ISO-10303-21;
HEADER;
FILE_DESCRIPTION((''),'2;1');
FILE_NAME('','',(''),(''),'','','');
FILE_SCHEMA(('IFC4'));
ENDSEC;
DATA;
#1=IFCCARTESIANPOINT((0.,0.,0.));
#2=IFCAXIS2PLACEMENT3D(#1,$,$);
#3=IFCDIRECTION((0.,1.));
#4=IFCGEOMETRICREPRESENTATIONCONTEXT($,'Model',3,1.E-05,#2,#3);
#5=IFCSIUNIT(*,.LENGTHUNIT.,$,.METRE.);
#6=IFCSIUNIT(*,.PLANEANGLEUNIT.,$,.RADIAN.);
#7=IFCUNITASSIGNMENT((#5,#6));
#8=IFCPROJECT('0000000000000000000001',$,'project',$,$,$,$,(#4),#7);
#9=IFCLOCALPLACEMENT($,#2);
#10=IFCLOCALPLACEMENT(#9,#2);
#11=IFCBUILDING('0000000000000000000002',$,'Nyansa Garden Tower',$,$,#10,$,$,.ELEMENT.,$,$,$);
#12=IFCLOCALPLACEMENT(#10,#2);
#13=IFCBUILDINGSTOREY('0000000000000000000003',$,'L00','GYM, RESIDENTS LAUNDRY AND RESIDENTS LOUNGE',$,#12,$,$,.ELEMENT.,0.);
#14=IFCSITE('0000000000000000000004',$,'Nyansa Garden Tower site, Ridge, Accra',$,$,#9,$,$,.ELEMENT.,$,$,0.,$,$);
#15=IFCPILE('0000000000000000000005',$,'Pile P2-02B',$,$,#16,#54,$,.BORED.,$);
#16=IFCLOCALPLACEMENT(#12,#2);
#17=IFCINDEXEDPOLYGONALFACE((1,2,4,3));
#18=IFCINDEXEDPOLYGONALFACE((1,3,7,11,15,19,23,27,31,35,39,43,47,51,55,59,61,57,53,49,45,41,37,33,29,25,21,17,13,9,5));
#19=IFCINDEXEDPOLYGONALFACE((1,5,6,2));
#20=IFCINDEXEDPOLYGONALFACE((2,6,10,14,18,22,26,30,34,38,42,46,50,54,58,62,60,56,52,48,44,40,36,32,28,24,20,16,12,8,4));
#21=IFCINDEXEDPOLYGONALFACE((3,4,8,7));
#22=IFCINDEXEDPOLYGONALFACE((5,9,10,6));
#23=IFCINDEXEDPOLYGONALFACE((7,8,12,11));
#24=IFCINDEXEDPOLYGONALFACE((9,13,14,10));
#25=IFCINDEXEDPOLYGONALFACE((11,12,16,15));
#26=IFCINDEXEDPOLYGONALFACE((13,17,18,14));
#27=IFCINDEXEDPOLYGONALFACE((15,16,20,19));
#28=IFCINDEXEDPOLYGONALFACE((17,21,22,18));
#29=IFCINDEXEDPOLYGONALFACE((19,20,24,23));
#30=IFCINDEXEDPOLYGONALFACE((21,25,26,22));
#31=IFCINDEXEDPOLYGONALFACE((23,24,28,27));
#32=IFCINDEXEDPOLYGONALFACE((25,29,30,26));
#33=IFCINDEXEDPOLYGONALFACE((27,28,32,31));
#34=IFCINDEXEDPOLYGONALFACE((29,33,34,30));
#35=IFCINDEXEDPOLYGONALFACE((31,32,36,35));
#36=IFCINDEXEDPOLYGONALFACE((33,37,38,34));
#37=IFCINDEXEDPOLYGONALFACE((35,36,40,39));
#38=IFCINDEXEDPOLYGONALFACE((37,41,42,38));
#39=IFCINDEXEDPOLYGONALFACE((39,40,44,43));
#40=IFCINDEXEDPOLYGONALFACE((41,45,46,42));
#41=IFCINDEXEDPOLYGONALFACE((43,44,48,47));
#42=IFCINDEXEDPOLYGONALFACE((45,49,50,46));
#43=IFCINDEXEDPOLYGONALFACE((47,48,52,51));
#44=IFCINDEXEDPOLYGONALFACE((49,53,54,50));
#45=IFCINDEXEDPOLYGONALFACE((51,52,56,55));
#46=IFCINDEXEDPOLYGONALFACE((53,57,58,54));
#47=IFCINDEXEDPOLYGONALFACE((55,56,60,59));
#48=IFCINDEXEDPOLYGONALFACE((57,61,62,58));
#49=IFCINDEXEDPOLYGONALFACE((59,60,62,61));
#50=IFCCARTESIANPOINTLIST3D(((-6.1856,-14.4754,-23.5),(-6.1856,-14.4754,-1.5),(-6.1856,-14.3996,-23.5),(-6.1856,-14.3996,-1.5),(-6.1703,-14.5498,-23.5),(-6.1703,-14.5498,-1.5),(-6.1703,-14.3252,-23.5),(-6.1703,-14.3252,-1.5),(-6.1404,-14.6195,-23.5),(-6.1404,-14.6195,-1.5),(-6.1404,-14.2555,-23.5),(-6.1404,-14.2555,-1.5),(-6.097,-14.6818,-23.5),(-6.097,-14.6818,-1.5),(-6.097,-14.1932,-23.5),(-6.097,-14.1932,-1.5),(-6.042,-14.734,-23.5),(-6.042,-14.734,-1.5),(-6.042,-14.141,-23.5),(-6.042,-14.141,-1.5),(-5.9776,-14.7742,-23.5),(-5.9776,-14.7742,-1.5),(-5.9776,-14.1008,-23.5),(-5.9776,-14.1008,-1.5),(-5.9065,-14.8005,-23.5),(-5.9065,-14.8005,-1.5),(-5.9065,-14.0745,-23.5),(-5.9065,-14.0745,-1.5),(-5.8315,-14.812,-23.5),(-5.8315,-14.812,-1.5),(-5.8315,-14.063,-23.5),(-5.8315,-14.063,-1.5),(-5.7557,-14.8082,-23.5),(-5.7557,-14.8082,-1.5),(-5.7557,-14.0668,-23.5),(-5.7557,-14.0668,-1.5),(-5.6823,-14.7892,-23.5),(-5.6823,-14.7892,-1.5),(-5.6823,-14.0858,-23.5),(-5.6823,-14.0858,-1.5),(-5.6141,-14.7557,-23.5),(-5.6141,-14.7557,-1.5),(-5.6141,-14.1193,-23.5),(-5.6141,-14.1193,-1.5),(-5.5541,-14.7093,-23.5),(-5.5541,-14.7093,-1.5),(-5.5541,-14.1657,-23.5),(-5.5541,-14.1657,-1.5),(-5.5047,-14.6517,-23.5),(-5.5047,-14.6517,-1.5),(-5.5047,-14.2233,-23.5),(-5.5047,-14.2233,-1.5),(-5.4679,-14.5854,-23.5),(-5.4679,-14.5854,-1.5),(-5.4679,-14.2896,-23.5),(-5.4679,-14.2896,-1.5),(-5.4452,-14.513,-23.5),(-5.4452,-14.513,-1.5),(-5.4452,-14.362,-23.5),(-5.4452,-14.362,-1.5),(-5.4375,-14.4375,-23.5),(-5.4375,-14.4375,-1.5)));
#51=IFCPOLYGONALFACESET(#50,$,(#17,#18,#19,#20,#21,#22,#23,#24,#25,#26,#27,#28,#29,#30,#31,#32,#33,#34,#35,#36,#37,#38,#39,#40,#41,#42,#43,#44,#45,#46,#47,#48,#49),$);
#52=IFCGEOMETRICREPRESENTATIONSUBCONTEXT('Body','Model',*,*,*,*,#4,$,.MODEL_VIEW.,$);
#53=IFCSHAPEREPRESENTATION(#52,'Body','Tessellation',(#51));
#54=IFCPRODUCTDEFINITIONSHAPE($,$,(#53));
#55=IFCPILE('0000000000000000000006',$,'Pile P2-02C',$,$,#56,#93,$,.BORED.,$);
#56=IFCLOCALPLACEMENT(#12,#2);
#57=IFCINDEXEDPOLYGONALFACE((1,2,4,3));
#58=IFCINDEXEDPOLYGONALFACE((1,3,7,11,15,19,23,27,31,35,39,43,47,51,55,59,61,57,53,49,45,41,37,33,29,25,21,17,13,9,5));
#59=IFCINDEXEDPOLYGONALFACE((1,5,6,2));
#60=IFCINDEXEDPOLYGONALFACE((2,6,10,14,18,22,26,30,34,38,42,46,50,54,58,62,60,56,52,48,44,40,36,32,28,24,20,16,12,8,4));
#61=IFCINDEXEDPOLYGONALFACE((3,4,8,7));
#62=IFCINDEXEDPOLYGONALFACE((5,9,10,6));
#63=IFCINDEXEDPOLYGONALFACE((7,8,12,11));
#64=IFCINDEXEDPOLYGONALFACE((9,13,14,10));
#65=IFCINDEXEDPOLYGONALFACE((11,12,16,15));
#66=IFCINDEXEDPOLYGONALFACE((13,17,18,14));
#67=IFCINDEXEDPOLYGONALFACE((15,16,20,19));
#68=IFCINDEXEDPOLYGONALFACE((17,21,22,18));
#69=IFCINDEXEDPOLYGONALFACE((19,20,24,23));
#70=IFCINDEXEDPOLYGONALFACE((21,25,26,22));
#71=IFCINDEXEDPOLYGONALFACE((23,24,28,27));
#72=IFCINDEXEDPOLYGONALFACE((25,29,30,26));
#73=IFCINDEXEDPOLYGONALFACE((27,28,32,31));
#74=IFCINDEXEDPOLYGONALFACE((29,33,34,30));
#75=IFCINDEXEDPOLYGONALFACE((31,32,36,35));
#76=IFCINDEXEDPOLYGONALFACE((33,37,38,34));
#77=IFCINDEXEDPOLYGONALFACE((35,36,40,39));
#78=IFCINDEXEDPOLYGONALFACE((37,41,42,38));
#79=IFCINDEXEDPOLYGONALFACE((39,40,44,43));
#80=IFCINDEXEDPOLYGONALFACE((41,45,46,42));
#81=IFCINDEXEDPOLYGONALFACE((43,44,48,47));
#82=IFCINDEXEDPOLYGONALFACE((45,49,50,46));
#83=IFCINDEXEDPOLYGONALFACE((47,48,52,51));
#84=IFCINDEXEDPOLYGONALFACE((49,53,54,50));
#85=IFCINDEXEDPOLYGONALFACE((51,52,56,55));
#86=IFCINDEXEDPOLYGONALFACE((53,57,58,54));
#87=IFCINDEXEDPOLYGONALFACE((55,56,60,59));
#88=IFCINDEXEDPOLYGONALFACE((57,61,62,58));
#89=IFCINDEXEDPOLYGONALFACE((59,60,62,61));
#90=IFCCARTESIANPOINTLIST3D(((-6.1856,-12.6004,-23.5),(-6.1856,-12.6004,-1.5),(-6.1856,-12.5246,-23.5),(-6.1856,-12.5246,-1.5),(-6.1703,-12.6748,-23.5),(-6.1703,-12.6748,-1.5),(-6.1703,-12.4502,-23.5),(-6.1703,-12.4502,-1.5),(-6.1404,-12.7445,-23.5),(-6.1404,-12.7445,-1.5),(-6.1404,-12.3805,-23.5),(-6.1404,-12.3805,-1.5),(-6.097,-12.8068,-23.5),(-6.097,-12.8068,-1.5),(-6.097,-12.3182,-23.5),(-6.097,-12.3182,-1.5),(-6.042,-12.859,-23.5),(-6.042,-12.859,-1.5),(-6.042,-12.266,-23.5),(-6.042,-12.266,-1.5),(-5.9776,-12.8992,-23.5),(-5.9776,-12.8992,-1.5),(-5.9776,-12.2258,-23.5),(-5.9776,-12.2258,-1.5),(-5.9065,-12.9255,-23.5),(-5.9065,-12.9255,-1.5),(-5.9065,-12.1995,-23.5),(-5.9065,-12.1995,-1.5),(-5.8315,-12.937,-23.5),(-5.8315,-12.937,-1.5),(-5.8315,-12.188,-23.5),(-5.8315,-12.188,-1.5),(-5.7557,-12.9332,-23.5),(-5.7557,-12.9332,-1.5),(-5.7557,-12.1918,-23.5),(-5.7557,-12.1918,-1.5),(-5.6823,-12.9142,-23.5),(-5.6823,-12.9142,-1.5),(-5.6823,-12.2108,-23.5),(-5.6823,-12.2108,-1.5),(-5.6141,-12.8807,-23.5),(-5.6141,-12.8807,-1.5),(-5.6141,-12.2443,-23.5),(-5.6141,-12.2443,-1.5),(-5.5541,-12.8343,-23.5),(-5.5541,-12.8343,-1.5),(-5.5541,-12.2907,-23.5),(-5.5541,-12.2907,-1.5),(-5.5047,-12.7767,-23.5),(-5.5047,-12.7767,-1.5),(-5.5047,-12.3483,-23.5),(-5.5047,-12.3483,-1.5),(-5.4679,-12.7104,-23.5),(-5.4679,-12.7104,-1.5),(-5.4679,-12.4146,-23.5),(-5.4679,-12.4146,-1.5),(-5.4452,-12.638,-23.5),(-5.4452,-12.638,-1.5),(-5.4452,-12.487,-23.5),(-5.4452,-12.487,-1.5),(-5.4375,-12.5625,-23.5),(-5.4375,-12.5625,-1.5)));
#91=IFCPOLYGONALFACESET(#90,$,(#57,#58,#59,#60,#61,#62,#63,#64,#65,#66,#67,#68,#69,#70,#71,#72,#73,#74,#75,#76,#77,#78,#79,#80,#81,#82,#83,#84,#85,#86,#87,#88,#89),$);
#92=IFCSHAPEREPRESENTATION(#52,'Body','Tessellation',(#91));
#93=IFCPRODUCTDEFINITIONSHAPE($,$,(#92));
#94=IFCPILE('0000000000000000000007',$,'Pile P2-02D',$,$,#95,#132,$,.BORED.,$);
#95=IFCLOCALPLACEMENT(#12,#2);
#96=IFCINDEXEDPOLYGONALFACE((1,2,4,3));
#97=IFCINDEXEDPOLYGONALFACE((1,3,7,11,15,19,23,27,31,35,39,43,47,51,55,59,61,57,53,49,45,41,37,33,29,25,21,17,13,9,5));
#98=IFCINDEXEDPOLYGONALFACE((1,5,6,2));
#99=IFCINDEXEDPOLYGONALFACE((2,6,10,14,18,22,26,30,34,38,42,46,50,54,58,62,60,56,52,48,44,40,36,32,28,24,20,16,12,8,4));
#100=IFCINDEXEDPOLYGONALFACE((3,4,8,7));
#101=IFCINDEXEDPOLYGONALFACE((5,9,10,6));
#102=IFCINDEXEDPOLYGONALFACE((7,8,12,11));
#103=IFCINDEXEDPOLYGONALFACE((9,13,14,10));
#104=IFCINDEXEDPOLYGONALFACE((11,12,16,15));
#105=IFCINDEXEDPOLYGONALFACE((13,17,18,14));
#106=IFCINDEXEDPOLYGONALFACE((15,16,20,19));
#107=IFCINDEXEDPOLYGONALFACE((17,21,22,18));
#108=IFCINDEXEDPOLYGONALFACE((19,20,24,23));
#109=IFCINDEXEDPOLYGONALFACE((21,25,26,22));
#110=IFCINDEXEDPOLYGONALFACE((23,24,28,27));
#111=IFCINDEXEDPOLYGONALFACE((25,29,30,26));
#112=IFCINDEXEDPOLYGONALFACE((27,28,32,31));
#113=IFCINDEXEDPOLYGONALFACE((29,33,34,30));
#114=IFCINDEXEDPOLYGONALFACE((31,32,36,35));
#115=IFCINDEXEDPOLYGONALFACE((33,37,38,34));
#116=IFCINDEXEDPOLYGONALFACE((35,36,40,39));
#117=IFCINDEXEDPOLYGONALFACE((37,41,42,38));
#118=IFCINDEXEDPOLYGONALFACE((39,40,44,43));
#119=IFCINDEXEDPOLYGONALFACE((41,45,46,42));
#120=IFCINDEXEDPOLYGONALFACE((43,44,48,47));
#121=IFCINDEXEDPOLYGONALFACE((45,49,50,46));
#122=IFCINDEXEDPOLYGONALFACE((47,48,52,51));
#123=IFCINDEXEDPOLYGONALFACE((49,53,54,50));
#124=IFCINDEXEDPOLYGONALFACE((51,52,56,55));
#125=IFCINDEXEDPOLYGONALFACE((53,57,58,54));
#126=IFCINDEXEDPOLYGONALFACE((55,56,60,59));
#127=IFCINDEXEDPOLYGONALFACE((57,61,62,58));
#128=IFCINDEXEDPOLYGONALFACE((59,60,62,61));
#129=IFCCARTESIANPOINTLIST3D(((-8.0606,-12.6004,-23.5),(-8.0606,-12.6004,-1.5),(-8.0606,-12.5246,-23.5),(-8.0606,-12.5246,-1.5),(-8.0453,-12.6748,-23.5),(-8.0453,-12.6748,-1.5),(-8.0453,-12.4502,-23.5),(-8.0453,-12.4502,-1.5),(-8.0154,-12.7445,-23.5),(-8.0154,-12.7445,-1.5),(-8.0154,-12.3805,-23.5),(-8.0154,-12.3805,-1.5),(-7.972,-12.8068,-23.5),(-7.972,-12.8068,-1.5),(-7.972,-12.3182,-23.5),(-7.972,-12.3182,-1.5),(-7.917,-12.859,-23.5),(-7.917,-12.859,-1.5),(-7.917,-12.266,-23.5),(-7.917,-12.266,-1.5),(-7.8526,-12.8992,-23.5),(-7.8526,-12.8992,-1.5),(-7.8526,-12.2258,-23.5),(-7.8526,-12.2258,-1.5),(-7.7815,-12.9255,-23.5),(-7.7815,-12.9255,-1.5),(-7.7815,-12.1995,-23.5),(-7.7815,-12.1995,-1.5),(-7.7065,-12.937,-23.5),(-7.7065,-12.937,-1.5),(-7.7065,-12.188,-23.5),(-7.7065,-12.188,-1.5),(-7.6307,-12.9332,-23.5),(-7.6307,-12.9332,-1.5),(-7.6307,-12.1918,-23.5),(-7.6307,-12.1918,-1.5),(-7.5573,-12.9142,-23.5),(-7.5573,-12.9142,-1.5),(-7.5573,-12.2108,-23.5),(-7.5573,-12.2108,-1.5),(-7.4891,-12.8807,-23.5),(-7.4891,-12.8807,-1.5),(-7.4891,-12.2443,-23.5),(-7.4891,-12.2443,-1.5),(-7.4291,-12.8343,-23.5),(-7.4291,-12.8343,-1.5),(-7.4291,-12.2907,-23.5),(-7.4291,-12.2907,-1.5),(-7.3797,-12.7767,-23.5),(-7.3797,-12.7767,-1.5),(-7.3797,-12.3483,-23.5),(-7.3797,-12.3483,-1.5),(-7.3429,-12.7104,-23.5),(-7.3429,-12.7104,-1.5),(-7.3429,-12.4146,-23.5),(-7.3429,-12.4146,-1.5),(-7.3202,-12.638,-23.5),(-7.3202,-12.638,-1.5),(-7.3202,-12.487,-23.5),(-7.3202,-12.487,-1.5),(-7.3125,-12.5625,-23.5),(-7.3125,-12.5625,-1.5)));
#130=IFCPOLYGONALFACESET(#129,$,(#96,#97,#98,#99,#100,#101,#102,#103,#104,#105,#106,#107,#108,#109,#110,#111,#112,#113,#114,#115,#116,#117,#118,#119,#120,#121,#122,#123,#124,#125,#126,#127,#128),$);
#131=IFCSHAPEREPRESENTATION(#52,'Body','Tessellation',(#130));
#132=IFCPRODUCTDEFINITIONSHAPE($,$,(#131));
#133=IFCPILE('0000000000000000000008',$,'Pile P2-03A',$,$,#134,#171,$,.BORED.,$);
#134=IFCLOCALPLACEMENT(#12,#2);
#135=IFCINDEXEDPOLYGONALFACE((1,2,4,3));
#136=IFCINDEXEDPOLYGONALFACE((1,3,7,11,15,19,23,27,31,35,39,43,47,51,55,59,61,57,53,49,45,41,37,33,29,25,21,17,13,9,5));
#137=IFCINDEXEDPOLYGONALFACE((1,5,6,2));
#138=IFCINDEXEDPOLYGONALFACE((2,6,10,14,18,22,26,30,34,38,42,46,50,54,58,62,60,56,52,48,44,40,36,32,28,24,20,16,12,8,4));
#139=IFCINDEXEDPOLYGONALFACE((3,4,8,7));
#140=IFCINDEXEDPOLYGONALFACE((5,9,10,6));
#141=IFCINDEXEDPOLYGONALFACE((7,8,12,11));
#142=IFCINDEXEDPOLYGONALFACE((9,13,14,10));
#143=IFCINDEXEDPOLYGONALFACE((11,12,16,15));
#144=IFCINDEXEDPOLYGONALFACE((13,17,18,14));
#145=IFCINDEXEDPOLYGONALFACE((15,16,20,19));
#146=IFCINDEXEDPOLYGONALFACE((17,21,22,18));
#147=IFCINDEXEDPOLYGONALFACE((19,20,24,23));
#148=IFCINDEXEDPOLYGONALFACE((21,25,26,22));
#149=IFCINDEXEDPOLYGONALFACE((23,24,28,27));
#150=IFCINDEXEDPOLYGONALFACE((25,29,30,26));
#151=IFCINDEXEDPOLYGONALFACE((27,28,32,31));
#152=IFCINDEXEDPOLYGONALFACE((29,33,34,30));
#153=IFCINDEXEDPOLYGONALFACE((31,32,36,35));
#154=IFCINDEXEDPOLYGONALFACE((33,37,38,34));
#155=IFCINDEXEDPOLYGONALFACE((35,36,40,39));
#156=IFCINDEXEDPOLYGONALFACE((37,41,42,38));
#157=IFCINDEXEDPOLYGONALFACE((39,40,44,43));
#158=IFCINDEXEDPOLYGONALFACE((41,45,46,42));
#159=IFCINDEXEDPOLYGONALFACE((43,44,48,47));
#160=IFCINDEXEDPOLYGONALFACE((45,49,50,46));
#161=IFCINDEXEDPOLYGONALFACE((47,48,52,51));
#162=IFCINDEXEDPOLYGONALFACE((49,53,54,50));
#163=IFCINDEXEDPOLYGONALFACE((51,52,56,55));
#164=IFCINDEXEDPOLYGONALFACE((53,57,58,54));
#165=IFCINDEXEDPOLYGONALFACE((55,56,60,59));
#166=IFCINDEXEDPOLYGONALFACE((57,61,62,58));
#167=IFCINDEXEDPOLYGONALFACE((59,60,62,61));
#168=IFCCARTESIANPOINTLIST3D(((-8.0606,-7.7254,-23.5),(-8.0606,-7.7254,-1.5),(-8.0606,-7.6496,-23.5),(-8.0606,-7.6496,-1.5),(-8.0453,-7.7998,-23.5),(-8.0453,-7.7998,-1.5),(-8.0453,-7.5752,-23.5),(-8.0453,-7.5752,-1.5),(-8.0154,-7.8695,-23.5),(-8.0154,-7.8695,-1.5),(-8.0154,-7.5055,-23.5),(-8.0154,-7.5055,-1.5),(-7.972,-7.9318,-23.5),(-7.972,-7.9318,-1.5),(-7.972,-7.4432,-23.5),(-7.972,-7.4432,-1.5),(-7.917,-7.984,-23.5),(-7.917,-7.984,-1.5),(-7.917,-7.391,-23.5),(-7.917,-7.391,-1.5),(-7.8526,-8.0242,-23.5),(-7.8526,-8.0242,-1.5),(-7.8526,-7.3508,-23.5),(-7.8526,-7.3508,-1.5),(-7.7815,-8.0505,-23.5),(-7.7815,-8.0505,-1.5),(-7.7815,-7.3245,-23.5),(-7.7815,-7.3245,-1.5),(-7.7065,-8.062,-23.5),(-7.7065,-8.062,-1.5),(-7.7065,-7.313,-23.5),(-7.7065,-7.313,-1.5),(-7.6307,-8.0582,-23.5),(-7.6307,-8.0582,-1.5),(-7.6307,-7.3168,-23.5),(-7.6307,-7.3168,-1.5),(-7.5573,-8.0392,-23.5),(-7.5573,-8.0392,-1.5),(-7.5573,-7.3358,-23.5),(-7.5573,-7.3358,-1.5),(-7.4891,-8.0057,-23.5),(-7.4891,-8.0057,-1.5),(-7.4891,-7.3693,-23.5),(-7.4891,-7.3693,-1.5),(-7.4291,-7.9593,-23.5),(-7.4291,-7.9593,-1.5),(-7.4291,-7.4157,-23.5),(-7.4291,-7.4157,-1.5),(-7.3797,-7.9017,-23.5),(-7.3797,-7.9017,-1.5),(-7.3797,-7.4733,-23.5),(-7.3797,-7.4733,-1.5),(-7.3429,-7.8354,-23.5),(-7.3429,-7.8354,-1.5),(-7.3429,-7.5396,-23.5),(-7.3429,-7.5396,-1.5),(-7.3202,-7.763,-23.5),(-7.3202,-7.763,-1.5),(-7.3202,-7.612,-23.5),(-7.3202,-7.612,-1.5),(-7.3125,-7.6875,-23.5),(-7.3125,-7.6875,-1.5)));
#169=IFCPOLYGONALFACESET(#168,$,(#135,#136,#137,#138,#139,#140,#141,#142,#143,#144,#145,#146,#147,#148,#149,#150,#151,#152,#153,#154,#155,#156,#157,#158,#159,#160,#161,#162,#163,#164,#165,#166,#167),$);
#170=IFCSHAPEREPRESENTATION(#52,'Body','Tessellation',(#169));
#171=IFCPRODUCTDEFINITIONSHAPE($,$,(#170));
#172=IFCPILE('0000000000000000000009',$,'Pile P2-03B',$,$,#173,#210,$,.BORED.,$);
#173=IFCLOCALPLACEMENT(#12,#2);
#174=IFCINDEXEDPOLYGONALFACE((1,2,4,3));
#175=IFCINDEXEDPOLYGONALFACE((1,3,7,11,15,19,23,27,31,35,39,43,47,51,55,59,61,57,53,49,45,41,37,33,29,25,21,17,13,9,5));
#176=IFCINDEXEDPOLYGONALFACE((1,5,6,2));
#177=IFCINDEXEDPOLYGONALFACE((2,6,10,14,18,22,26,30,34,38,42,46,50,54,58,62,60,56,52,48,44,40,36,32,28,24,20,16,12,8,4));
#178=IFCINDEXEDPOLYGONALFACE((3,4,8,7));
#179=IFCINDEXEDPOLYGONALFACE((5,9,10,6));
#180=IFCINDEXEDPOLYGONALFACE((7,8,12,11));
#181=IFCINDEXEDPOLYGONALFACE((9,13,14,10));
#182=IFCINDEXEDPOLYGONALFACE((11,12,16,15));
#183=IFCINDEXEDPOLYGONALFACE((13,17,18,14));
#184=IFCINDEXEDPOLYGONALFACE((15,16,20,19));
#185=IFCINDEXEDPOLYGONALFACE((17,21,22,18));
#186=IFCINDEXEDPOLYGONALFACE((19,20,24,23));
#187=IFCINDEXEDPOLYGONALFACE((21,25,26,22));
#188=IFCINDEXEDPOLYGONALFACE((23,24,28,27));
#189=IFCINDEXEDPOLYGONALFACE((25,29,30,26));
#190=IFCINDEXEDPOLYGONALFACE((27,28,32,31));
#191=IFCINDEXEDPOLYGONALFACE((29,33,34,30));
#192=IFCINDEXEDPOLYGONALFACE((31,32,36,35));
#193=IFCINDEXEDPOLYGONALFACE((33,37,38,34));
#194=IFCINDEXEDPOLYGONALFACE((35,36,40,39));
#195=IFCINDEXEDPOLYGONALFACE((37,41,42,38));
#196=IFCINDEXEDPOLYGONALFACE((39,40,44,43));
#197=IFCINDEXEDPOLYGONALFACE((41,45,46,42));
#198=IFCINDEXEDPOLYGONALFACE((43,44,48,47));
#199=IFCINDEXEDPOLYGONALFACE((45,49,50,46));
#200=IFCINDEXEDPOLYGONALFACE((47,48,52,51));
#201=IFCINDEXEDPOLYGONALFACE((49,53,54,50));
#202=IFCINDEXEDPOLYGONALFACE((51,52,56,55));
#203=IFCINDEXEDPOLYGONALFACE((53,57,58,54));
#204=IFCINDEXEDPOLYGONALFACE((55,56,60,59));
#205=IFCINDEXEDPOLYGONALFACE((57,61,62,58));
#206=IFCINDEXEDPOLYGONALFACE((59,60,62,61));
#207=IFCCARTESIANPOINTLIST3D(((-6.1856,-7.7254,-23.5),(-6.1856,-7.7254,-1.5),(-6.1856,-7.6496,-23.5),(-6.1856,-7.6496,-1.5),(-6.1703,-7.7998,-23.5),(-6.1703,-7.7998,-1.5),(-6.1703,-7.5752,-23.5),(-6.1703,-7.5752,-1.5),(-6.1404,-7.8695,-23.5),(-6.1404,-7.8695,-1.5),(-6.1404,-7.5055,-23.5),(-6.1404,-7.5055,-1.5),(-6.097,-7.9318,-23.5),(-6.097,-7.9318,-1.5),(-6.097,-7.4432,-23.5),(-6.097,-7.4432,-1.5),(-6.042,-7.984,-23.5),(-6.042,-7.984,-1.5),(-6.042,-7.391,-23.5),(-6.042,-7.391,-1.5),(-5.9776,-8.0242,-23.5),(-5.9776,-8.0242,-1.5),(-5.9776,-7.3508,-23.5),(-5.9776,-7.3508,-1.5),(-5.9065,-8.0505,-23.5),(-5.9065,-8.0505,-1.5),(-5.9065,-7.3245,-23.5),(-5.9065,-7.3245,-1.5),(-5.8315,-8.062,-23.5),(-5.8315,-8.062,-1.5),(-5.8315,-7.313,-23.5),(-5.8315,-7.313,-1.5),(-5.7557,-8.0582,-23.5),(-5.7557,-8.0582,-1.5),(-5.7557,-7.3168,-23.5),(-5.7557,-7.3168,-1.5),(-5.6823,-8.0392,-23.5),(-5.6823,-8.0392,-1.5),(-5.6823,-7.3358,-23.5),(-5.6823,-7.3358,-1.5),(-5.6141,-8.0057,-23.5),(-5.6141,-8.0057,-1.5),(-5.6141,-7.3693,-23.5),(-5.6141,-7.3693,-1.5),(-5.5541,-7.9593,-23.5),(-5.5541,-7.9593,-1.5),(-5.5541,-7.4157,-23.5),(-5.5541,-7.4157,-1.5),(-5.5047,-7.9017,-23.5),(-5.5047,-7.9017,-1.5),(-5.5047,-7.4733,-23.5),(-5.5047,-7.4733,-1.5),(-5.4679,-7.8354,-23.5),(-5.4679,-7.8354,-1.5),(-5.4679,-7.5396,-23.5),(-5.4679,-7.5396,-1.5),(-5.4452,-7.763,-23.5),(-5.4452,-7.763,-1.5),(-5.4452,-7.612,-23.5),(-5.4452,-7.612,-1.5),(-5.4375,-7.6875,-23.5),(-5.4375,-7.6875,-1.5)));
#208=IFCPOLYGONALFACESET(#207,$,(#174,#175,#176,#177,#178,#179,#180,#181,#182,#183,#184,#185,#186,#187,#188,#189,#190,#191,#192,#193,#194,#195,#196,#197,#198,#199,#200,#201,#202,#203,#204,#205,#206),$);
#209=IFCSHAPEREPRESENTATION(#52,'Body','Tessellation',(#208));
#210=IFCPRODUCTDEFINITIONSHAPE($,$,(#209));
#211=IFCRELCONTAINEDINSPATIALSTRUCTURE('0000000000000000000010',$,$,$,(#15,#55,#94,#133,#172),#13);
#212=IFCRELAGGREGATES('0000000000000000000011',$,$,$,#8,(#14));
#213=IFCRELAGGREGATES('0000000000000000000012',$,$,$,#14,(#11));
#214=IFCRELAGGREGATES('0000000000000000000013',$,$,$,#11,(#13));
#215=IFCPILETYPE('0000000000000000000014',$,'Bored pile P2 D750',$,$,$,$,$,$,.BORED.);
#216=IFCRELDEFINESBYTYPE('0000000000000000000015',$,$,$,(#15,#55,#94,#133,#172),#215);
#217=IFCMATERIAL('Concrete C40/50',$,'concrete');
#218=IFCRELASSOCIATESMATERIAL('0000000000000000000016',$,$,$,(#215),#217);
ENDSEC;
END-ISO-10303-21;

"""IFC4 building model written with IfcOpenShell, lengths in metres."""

from ifc_helpers import new_model, si_unit, direction, frame, origin, origin_2d, place, context, subcontext, project, spatial, circle, extrude, material, type_object, element, save


model = new_model("IFC4")

# Units and contexts
model_context = context("Model", 3, precision=1e-05, world=origin(), true_north=direction((0.0, 1.0)))
body_context = subcontext(model_context, "Body", "Model", "MODEL_VIEW")
ifc_project = project(units=[si_unit("LENGTHUNIT", "METRE"), si_unit("PLANEANGLEUNIT", "RADIAN")], contexts=[model_context])

# Site, building, storey
site_placement = place(None, origin())
site = spatial("IfcSite", under=ifc_project, at=site_placement, Name="Nyansa Garden Tower site, Ridge, Accra", CompositionType="ELEMENT", RefElevation=0.0)
building_placement = place(site_placement, origin())
building = spatial("IfcBuilding", under=site, at=building_placement, Name="Nyansa Garden Tower", CompositionType="ELEMENT")
storey_placement = place(building_placement, origin())
storey = spatial("IfcBuildingStorey", under=building, at=storey_placement, Name="L00", Description="GYM, RESIDENTS LAUNDRY AND RESIDENTS LOUNGE", CompositionType="ELEMENT", Elevation=0.0)

# Piles
ifc_material_1 = material(Name="Concrete C40/50", Category="concrete")
pile_type = type_object("IfcPileType", Name="Bored pile P2 D750", PredefinedType="BORED", material=ifc_material_1)
for number, where, z_axis, x_axis, name in (
    (1, (-5.8125, -14.4375, -1.5), (0.0, 0.0, -1.0), (1.0, 0.0, 0.0), "Pile P2-02B"),
    (2, (-5.8125, -12.5625, -1.5), (0.0, 0.0, -1.0), (1.0, 0.0, 0.0), "Pile P2-02C"),
    (3, (-7.6875, -12.5625, -1.5), (0.0, 0.0, -1.0), (1.0, 0.0, 0.0), "Pile P2-02D"),
    (4, (-7.6875, -7.6875, -1.5), (0.0, 0.0, -1.0), (1.0, 0.0, 0.0), "Pile P2-03A"),
    (5, (-5.8125, -7.6875, -1.5), (0.0, 0.0, -1.0), (1.0, 0.0, 0.0), "Pile P2-03B"),
):
    element("IfcPile", number, at=place(storey_placement, frame(where, z_axis=z_axis, x_axis=x_axis)), inside=storey, type_object=pile_type, Name=name, PredefinedType="BORED", context=body_context, shape_type="SweptSolid", body=[
        extrude(circle(Radius=0.375, at=origin_2d()), origin(), (0.0, 0.0, 1.0), 22.0),
    ])

save(model, "model.ifc")
